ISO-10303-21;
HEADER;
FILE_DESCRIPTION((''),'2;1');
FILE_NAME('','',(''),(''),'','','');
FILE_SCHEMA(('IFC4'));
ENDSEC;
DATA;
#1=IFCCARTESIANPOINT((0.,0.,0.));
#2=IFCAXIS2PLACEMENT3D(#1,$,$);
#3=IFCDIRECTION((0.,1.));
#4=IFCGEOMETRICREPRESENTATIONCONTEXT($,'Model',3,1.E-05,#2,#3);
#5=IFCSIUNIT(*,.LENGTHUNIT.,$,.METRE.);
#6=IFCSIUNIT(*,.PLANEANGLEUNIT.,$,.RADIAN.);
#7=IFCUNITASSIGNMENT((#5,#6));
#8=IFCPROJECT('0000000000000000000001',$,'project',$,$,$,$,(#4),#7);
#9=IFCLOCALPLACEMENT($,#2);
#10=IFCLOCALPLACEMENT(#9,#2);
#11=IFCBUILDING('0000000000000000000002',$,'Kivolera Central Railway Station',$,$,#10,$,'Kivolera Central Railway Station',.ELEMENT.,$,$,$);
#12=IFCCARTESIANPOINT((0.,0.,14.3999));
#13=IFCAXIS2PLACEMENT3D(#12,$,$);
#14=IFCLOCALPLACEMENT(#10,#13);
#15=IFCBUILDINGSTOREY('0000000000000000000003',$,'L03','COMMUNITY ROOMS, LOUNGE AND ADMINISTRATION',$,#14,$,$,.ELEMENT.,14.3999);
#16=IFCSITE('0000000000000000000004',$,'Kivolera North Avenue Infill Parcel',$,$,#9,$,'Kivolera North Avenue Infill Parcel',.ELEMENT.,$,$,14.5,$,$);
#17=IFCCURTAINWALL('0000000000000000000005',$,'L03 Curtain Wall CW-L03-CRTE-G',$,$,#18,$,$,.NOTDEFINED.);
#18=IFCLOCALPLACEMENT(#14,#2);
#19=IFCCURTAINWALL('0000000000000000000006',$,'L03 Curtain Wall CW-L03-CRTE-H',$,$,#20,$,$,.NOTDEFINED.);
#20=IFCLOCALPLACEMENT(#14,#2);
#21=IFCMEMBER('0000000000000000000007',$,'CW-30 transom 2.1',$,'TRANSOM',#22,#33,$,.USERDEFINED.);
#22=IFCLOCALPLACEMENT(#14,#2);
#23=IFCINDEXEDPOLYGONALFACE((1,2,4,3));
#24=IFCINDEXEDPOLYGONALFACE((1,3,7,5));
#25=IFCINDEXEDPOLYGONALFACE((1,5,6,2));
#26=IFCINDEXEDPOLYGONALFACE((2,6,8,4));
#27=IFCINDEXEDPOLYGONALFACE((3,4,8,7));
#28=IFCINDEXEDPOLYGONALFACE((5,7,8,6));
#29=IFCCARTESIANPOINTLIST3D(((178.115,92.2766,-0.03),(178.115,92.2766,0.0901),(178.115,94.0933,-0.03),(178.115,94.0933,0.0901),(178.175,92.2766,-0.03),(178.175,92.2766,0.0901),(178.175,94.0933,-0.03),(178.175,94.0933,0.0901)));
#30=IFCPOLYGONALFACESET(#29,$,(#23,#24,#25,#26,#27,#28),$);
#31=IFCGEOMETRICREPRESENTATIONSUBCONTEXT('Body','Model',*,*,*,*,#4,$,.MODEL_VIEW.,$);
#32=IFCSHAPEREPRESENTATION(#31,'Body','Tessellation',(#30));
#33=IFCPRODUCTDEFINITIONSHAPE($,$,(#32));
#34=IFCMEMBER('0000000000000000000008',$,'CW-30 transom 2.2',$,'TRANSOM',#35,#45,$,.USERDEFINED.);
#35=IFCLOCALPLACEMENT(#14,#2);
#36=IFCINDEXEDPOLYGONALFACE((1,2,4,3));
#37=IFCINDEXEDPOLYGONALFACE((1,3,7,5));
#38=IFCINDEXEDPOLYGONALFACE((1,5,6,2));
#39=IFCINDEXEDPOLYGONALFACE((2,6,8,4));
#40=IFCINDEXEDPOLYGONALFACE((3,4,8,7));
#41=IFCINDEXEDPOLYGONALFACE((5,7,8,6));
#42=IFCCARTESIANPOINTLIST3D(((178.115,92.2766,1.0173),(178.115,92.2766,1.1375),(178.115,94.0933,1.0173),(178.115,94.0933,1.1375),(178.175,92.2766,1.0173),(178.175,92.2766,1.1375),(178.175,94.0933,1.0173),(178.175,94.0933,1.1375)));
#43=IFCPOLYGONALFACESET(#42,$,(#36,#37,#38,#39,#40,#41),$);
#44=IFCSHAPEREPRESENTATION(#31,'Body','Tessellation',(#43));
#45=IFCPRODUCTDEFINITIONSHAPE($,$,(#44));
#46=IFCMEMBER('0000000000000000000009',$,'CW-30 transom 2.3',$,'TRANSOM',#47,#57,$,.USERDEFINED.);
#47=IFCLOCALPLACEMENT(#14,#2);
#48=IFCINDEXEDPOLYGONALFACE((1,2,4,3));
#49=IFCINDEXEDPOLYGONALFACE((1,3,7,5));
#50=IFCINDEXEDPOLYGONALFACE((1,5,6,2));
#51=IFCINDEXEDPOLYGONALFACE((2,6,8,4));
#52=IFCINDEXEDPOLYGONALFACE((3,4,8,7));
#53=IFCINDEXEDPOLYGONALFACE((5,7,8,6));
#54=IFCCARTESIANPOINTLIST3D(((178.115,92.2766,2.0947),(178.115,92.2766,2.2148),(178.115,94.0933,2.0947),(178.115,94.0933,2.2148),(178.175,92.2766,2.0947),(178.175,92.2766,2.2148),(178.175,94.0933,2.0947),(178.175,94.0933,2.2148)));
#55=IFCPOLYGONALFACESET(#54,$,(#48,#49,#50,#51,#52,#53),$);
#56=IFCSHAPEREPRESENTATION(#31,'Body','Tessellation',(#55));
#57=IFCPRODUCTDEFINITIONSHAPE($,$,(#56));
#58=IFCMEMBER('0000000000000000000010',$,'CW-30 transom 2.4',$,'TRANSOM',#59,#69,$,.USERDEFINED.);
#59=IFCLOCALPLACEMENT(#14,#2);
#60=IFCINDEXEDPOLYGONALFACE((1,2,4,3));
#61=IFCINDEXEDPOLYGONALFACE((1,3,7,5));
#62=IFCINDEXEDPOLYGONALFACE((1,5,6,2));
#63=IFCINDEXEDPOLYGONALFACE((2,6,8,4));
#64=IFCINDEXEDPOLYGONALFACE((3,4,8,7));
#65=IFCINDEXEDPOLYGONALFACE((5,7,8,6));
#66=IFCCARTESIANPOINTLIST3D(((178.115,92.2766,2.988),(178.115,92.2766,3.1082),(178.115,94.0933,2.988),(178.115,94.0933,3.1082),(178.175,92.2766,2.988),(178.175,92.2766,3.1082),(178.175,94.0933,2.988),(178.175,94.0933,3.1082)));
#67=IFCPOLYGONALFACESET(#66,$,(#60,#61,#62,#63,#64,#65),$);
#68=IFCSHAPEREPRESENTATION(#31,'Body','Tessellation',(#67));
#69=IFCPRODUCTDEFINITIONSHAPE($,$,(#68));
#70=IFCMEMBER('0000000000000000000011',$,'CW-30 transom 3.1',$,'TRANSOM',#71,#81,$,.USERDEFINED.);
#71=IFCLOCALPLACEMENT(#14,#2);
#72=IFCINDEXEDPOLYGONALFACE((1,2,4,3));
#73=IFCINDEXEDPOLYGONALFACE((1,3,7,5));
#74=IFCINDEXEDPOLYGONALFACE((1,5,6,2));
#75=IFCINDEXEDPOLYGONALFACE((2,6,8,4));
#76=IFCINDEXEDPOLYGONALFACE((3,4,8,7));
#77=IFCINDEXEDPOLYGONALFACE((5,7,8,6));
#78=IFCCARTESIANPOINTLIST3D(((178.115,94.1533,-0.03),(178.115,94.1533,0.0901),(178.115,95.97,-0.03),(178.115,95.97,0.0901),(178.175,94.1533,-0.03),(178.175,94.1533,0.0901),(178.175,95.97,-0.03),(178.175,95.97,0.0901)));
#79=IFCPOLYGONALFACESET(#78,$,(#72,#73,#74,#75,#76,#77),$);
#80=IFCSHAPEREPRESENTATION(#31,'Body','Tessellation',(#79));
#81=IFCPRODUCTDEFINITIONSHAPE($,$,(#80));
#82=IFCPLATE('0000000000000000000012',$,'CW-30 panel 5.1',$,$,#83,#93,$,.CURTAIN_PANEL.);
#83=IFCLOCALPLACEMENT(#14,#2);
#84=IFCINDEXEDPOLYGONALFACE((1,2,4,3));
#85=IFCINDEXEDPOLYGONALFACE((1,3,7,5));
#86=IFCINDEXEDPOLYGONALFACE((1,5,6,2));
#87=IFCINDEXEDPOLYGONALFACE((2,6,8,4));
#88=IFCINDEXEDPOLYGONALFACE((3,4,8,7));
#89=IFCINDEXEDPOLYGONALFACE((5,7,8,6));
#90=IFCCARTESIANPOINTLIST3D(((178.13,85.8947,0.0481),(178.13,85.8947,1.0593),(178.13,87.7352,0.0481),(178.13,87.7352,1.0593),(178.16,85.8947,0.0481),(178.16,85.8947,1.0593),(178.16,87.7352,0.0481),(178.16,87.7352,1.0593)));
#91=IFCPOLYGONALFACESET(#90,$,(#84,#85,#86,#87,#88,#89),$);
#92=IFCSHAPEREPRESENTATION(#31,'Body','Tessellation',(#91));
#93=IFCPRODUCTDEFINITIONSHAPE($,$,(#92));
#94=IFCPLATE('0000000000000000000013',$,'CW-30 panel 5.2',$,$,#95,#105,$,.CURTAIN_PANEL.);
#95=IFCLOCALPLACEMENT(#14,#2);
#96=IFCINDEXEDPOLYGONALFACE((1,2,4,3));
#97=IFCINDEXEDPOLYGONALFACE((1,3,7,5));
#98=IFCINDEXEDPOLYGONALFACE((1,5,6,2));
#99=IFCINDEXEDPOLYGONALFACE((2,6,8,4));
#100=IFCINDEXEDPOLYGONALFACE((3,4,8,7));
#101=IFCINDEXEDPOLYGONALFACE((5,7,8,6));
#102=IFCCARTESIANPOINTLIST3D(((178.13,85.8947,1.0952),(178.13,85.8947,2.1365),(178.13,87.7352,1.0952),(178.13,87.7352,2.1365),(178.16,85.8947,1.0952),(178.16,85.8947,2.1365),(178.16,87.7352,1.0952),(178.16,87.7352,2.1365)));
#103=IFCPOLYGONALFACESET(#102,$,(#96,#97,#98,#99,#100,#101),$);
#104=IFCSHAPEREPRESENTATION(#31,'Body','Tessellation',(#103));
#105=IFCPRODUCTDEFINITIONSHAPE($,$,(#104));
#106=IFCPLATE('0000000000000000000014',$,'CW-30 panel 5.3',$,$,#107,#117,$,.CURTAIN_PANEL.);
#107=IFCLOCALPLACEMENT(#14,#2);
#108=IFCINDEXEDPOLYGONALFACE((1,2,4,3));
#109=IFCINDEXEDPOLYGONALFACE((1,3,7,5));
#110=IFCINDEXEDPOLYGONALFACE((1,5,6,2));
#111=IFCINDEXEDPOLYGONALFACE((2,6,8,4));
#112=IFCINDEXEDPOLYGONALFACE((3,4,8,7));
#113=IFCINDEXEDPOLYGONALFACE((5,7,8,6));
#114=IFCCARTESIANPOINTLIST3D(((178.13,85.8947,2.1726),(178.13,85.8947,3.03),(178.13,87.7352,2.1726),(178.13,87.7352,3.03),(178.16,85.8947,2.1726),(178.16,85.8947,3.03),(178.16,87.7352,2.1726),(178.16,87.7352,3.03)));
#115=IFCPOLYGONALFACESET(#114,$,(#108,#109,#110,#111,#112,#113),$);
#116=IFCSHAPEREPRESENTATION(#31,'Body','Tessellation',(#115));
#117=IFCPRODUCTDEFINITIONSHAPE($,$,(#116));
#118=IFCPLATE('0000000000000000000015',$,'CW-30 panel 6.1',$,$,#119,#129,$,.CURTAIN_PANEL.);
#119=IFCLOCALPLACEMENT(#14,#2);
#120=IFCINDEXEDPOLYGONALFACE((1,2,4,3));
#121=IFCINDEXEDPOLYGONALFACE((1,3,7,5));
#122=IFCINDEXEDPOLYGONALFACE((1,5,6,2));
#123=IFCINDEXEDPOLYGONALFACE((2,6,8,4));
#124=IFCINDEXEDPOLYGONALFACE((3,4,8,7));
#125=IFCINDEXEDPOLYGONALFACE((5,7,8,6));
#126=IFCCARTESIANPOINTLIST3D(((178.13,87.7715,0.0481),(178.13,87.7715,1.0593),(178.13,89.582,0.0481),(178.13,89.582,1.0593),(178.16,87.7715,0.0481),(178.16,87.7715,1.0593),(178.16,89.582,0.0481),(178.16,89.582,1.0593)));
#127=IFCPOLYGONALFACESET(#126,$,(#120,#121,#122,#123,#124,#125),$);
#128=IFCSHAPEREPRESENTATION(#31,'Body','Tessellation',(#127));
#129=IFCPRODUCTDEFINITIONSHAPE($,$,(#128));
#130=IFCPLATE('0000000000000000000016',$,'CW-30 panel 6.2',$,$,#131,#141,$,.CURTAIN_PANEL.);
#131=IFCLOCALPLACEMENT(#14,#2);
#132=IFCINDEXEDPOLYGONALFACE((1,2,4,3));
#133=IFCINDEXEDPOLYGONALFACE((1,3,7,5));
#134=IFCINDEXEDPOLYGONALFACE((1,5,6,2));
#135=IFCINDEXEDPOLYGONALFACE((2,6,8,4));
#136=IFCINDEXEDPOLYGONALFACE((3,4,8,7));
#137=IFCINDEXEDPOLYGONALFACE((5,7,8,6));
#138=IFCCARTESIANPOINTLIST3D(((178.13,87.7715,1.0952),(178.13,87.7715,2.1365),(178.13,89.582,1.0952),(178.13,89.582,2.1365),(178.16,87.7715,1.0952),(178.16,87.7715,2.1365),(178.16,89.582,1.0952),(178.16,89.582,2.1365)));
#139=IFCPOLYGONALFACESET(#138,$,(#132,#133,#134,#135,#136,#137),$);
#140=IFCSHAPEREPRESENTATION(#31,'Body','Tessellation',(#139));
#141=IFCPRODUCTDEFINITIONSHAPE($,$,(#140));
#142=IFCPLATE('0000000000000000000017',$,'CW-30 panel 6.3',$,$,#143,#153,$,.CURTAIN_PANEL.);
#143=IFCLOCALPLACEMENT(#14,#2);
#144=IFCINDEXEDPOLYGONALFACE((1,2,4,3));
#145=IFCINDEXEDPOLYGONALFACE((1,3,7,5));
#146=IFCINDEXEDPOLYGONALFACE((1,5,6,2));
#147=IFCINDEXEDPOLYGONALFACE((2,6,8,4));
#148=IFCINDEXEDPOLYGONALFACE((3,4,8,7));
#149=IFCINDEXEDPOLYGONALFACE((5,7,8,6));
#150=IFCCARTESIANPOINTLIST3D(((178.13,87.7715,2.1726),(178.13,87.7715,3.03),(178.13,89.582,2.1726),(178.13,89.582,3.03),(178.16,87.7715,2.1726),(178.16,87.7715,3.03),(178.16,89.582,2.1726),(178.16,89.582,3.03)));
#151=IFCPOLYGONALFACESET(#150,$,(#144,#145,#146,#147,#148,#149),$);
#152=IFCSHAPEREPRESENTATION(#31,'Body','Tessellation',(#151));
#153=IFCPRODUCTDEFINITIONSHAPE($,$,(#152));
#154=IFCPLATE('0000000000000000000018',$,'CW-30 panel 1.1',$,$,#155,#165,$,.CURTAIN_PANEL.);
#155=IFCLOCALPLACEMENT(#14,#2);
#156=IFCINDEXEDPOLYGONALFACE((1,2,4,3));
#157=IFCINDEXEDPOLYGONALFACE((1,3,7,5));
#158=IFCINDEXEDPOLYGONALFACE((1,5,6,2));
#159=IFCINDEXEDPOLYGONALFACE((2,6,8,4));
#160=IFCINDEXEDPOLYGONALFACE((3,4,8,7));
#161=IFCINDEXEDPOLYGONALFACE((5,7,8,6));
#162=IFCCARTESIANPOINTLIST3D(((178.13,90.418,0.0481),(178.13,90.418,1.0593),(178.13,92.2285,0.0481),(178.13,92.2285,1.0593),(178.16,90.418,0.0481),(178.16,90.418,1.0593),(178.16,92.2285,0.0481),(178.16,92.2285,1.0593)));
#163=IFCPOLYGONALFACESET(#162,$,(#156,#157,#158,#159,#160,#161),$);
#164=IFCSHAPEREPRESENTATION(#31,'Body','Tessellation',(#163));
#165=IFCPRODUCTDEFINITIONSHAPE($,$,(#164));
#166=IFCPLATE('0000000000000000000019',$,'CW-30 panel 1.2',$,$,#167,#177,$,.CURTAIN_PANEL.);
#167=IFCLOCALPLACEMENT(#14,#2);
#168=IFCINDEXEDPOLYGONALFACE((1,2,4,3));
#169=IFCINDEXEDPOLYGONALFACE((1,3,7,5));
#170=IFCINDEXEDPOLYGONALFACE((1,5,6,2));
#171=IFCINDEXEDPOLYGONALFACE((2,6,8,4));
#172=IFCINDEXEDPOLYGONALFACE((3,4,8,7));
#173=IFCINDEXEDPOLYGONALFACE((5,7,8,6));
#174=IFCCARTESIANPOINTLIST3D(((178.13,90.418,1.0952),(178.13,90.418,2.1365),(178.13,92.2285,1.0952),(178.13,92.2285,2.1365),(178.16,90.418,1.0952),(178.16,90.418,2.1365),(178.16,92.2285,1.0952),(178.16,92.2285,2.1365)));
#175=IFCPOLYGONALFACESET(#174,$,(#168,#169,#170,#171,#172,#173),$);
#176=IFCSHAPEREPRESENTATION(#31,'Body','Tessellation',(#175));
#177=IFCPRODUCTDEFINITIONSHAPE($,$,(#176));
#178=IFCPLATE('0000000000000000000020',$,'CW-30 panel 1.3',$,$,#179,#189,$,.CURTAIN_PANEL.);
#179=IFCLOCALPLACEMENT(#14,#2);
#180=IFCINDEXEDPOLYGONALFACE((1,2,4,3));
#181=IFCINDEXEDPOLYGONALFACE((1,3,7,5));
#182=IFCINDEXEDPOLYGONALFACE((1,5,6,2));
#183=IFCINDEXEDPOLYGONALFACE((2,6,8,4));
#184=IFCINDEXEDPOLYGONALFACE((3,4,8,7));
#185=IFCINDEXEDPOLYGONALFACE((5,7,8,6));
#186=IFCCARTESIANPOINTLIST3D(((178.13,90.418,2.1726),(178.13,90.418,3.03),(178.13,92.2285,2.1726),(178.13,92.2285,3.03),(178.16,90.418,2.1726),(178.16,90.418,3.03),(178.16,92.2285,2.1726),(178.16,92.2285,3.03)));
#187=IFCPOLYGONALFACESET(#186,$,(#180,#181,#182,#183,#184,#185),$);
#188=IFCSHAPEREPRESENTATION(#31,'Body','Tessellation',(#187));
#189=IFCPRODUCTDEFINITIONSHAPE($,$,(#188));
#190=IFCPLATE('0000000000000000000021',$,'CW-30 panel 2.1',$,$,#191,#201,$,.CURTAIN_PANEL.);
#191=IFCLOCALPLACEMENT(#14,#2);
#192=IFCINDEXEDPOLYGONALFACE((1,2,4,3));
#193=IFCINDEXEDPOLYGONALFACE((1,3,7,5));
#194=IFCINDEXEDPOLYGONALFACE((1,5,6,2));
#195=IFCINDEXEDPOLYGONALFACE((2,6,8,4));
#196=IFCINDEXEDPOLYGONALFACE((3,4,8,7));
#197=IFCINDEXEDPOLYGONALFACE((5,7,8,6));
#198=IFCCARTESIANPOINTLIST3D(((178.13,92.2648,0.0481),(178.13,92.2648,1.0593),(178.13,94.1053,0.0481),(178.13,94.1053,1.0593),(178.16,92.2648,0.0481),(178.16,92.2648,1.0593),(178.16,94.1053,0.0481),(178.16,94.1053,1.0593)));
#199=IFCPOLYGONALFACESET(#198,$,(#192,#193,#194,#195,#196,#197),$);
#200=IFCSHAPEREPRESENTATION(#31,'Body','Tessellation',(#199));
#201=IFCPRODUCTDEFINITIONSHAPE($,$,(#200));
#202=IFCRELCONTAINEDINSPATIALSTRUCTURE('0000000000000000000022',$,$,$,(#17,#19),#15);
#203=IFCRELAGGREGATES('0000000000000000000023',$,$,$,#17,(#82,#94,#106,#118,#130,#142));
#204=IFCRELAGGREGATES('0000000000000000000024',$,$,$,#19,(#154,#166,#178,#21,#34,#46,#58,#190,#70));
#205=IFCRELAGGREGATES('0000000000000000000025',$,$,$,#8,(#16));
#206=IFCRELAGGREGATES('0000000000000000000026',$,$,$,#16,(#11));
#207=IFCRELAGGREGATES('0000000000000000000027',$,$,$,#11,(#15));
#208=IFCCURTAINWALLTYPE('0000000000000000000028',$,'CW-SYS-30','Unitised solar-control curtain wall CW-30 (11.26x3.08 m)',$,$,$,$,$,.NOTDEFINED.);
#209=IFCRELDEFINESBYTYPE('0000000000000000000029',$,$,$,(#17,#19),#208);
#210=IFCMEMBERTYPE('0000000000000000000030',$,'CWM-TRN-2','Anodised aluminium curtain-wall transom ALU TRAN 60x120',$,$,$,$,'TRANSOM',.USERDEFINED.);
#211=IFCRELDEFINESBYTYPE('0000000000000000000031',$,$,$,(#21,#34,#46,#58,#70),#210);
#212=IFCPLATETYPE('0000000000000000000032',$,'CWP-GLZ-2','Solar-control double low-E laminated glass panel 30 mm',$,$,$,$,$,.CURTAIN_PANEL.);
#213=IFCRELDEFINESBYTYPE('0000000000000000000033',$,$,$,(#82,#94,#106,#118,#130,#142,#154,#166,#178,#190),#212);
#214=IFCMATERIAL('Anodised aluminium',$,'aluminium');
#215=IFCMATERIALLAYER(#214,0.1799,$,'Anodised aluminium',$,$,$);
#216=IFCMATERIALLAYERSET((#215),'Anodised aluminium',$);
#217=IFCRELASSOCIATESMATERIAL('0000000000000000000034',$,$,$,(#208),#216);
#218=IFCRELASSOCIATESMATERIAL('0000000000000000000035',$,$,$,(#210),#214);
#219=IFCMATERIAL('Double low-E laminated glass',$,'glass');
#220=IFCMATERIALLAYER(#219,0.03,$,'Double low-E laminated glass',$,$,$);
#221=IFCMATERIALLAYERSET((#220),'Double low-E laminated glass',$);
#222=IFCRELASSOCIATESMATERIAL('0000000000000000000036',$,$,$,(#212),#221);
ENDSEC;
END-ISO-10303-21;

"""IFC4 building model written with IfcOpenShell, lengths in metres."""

from ifc_helpers import new_model, si_unit, direction, frame, origin, origin_2d, place, context, subcontext, project, spatial, rectangle, extrude, material, layer, layer_set, material_profile, profile_set, type_object, element, aggregate, save


model = new_model("IFC4")

# Units and contexts
model_context = context("Model", 3, precision=1e-05, world=origin(), true_north=direction((0.0, 1.0)))
body_context = subcontext(model_context, "Body", "Model", "MODEL_VIEW")
ifc_project = project(units=[si_unit("LENGTHUNIT", "METRE"), si_unit("PLANEANGLEUNIT", "RADIAN")], contexts=[model_context])

# Site, building, storey
site_placement = place(None, origin())
site = spatial("IfcSite", under=ifc_project, at=site_placement, Name="Kivolera North Avenue Infill Parcel", LongName="Kivolera North Avenue Infill Parcel", CompositionType="ELEMENT", RefElevation=14.5)
building_placement = place(site_placement, origin())
building = spatial("IfcBuilding", under=site, at=building_placement, Name="Kivolera Central Railway Station", LongName="Kivolera Central Railway Station", CompositionType="ELEMENT")
storey_placement = place(building_placement, frame((0.0, 0.0, 14.3999)))
storey = spatial("IfcBuildingStorey", under=building, at=storey_placement, Name="L03", Description="COMMUNITY ROOMS, LOUNGE AND ADMINISTRATION", CompositionType="ELEMENT", Elevation=14.3999)

# Curtain walls
ifc_material_1 = material(Name="Anodised aluminium", Category="aluminium")
ifc_layer_1 = layer(ifc_material_1, 0.1799, Name="Anodised aluminium")
ifc_layer_set_1 = layer_set([ifc_layer_1], Name="Anodised aluminium")
curtain_wall_type = type_object("IfcCurtainWallType", Name="CW-SYS-30", Description="Unitised solar-control curtain wall CW-30 (11.26x3.08 m)", PredefinedType="NOTDEFINED", material=ifc_layer_set_1)
curtain_wall_1_placement = place(storey_placement, origin())
curtain_wall_1 = element("IfcCurtainWall", 1, at=curtain_wall_1_placement, inside=storey, type_object=curtain_wall_type, Name="L03 Curtain Wall CW-L03-CRTE-G", PredefinedType="NOTDEFINED")
curtain_wall_2_placement = place(storey_placement, origin())
curtain_wall_2 = element("IfcCurtainWall", 2, at=curtain_wall_2_placement, inside=storey, type_object=curtain_wall_type, Name="L03 Curtain Wall CW-L03-CRTE-H", PredefinedType="NOTDEFINED")

# Members
ifc_material_profile_1 = material_profile(ifc_material_1, rectangle(XDim=0.0601, YDim=0.1201, at=origin_2d()), Name="ALU TRAN 60x120")
ifc_profile_set_1 = profile_set([ifc_material_profile_1], Name="Anodised aluminium")
member_type_1 = type_object("IfcMemberType", Name="CWM-TRN-2", Description="Anodised aluminium curtain-wall transom ALU TRAN 60x120", ElementType="TRANSOM", PredefinedType="USERDEFINED", material=ifc_profile_set_1)
member_1_placement = place(storey_placement, frame((178.145, 92.2766, 0.03), z_axis=(0.0, 1.0, 0.0), x_axis=(-1.0, 0.0, 0.0)))
member_1 = element("IfcMember", 3, at=member_1_placement, type_object=member_type_1, Name="CW-30 transom 2.1", ObjectType="TRANSOM", PredefinedType="USERDEFINED", context=body_context, shape_type="SweptSolid", body=[
    extrude(rectangle(XDim=0.0601, YDim=0.1201, at=origin_2d()), origin(), (0.0, 0.0, 1.0), 1.8167),
])
member_2_placement = place(storey_placement, frame((178.145, 92.2766, 1.0774), z_axis=(0.0, 1.0, 0.0), x_axis=(-1.0, 0.0, 0.0)))
member_2 = element("IfcMember", 4, at=member_2_placement, type_object=member_type_1, Name="CW-30 transom 2.2", ObjectType="TRANSOM", PredefinedType="USERDEFINED", context=body_context, shape_type="SweptSolid", body=[
    extrude(rectangle(XDim=0.0601, YDim=0.1201, at=origin_2d()), origin(), (0.0, 0.0, 1.0), 1.8167),
])
member_3_placement = place(storey_placement, frame((178.145, 92.2766, 2.1548), z_axis=(0.0, 1.0, 0.0), x_axis=(-1.0, 0.0, 0.0)))
member_3 = element("IfcMember", 5, at=member_3_placement, type_object=member_type_1, Name="CW-30 transom 2.3", ObjectType="TRANSOM", PredefinedType="USERDEFINED", context=body_context, shape_type="SweptSolid", body=[
    extrude(rectangle(XDim=0.0601, YDim=0.1201, at=origin_2d()), origin(), (0.0, 0.0, 1.0), 1.8167),
])
member_4_placement = place(storey_placement, frame((178.145, 92.2766, 3.0481), z_axis=(0.0, 1.0, 0.0), x_axis=(-1.0, 0.0, 0.0)))
member_4 = element("IfcMember", 6, at=member_4_placement, type_object=member_type_1, Name="CW-30 transom 2.4", ObjectType="TRANSOM", PredefinedType="USERDEFINED", context=body_context, shape_type="SweptSolid", body=[
    extrude(rectangle(XDim=0.0601, YDim=0.1201, at=origin_2d()), origin(), (0.0, 0.0, 1.0), 1.8167),
])
member_5_placement = place(storey_placement, frame((178.145, 94.1533, 0.03), z_axis=(0.0, 1.0, 0.0), x_axis=(-1.0, 0.0, 0.0)))
member_5 = element("IfcMember", 7, at=member_5_placement, type_object=member_type_1, Name="CW-30 transom 3.1", ObjectType="TRANSOM", PredefinedType="USERDEFINED", context=body_context, shape_type="SweptSolid", body=[
    extrude(rectangle(XDim=0.0601, YDim=0.1201, at=origin_2d()), origin(), (0.0, 0.0, 1.0), 1.8167),
])

# Plates
ifc_material_2 = material(Name="Double low-E laminated glass", Category="glass")
ifc_layer_2 = layer(ifc_material_2, 0.03, Name="Double low-E laminated glass")
ifc_layer_set_2 = layer_set([ifc_layer_2], Name="Double low-E laminated glass")
plate_type = type_object("IfcPlateType", Name="CWP-GLZ-2", Description="Solar-control double low-E laminated glass panel 30 mm", PredefinedType="CURTAIN_PANEL", material=ifc_layer_set_2)
plate_1_placement = place(storey_placement, frame((178.145, 86.8149, 0.0481), z_axis=(0.0, 0.0, 1.0), x_axis=(0.0, 1.0, 0.0)))
plate_1 = element("IfcPlate", 8, at=plate_1_placement, type_object=plate_type, Name="CW-30 panel 5.1", PredefinedType="CURTAIN_PANEL", context=body_context, shape_type="SweptSolid", body=[
    extrude(rectangle(XDim=1.8406, YDim=0.03, at=origin_2d()), origin(), (0.0, 0.0, 1.0), 1.0112),
])
plate_2_placement = place(storey_placement, frame((178.145, 86.8149, 1.0952), z_axis=(0.0, 0.0, 1.0), x_axis=(0.0, 1.0, 0.0)))
plate_2 = element("IfcPlate", 9, at=plate_2_placement, type_object=plate_type, Name="CW-30 panel 5.2", PredefinedType="CURTAIN_PANEL", context=body_context, shape_type="SweptSolid", body=[
    extrude(rectangle(XDim=1.8406, YDim=0.03, at=origin_2d()), origin(), (0.0, 0.0, 1.0), 1.0413),
])
plate_3_placement = place(storey_placement, frame((178.145, 86.8149, 2.1726), z_axis=(0.0, 0.0, 1.0), x_axis=(0.0, 1.0, 0.0)))
plate_3 = element("IfcPlate", 10, at=plate_3_placement, type_object=plate_type, Name="CW-30 panel 5.3", PredefinedType="CURTAIN_PANEL", context=body_context, shape_type="SweptSolid", body=[
    extrude(rectangle(XDim=1.8406, YDim=0.03, at=origin_2d()), origin(), (0.0, 0.0, 1.0), 0.8574),
])
plate_4_placement = place(storey_placement, frame((178.145, 88.6768, 0.0481), z_axis=(0.0, 0.0, 1.0), x_axis=(0.0, 1.0, 0.0)))
plate_4 = element("IfcPlate", 11, at=plate_4_placement, type_object=plate_type, Name="CW-30 panel 6.1", PredefinedType="CURTAIN_PANEL", context=body_context, shape_type="SweptSolid", body=[
    extrude(rectangle(XDim=1.8105, YDim=0.03, at=origin_2d()), origin(), (0.0, 0.0, 1.0), 1.0112),
])
plate_5_placement = place(storey_placement, frame((178.145, 88.6768, 1.0952), z_axis=(0.0, 0.0, 1.0), x_axis=(0.0, 1.0, 0.0)))
plate_5 = element("IfcPlate", 12, at=plate_5_placement, type_object=plate_type, Name="CW-30 panel 6.2", PredefinedType="CURTAIN_PANEL", context=body_context, shape_type="SweptSolid", body=[
    extrude(rectangle(XDim=1.8105, YDim=0.03, at=origin_2d()), origin(), (0.0, 0.0, 1.0), 1.0413),
])
plate_6_placement = place(storey_placement, frame((178.145, 88.6768, 2.1726), z_axis=(0.0, 0.0, 1.0), x_axis=(0.0, 1.0, 0.0)))
plate_6 = element("IfcPlate", 13, at=plate_6_placement, type_object=plate_type, Name="CW-30 panel 6.3", PredefinedType="CURTAIN_PANEL", context=body_context, shape_type="SweptSolid", body=[
    extrude(rectangle(XDim=1.8105, YDim=0.03, at=origin_2d()), origin(), (0.0, 0.0, 1.0), 0.8574),
])
aggregate(curtain_wall_1, [plate_1, plate_2, plate_3, plate_4, plate_5, plate_6])
plate_7_placement = place(storey_placement, frame((178.145, 91.3232, 0.0481), z_axis=(0.0, 0.0, 1.0), x_axis=(0.0, 1.0, 0.0)))
plate_7 = element("IfcPlate", 14, at=plate_7_placement, type_object=plate_type, Name="CW-30 panel 1.1", PredefinedType="CURTAIN_PANEL", context=body_context, shape_type="SweptSolid", body=[
    extrude(rectangle(XDim=1.8105, YDim=0.03, at=origin_2d()), origin(), (0.0, 0.0, 1.0), 1.0112),
])
plate_8_placement = place(storey_placement, frame((178.145, 91.3232, 1.0952), z_axis=(0.0, 0.0, 1.0), x_axis=(0.0, 1.0, 0.0)))
plate_8 = element("IfcPlate", 15, at=plate_8_placement, type_object=plate_type, Name="CW-30 panel 1.2", PredefinedType="CURTAIN_PANEL", context=body_context, shape_type="SweptSolid", body=[
    extrude(rectangle(XDim=1.8105, YDim=0.03, at=origin_2d()), origin(), (0.0, 0.0, 1.0), 1.0413),
])
plate_9_placement = place(storey_placement, frame((178.145, 91.3232, 2.1726), z_axis=(0.0, 0.0, 1.0), x_axis=(0.0, 1.0, 0.0)))
plate_9 = element("IfcPlate", 16, at=plate_9_placement, type_object=plate_type, Name="CW-30 panel 1.3", PredefinedType="CURTAIN_PANEL", context=body_context, shape_type="SweptSolid", body=[
    extrude(rectangle(XDim=1.8105, YDim=0.03, at=origin_2d()), origin(), (0.0, 0.0, 1.0), 0.8574),
])
plate_10_placement = place(storey_placement, frame((178.145, 93.1851, 0.0481), z_axis=(0.0, 0.0, 1.0), x_axis=(0.0, 1.0, 0.0)))
plate_10 = element("IfcPlate", 17, at=plate_10_placement, type_object=plate_type, Name="CW-30 panel 2.1", PredefinedType="CURTAIN_PANEL", context=body_context, shape_type="SweptSolid", body=[
    extrude(rectangle(XDim=1.8406, YDim=0.03, at=origin_2d()), origin(), (0.0, 0.0, 1.0), 1.0112),
])
aggregate(curtain_wall_2, [plate_7, plate_8, plate_9, member_1, member_2, member_3, member_4, plate_10, member_5])

save(model, "model.ifc")
